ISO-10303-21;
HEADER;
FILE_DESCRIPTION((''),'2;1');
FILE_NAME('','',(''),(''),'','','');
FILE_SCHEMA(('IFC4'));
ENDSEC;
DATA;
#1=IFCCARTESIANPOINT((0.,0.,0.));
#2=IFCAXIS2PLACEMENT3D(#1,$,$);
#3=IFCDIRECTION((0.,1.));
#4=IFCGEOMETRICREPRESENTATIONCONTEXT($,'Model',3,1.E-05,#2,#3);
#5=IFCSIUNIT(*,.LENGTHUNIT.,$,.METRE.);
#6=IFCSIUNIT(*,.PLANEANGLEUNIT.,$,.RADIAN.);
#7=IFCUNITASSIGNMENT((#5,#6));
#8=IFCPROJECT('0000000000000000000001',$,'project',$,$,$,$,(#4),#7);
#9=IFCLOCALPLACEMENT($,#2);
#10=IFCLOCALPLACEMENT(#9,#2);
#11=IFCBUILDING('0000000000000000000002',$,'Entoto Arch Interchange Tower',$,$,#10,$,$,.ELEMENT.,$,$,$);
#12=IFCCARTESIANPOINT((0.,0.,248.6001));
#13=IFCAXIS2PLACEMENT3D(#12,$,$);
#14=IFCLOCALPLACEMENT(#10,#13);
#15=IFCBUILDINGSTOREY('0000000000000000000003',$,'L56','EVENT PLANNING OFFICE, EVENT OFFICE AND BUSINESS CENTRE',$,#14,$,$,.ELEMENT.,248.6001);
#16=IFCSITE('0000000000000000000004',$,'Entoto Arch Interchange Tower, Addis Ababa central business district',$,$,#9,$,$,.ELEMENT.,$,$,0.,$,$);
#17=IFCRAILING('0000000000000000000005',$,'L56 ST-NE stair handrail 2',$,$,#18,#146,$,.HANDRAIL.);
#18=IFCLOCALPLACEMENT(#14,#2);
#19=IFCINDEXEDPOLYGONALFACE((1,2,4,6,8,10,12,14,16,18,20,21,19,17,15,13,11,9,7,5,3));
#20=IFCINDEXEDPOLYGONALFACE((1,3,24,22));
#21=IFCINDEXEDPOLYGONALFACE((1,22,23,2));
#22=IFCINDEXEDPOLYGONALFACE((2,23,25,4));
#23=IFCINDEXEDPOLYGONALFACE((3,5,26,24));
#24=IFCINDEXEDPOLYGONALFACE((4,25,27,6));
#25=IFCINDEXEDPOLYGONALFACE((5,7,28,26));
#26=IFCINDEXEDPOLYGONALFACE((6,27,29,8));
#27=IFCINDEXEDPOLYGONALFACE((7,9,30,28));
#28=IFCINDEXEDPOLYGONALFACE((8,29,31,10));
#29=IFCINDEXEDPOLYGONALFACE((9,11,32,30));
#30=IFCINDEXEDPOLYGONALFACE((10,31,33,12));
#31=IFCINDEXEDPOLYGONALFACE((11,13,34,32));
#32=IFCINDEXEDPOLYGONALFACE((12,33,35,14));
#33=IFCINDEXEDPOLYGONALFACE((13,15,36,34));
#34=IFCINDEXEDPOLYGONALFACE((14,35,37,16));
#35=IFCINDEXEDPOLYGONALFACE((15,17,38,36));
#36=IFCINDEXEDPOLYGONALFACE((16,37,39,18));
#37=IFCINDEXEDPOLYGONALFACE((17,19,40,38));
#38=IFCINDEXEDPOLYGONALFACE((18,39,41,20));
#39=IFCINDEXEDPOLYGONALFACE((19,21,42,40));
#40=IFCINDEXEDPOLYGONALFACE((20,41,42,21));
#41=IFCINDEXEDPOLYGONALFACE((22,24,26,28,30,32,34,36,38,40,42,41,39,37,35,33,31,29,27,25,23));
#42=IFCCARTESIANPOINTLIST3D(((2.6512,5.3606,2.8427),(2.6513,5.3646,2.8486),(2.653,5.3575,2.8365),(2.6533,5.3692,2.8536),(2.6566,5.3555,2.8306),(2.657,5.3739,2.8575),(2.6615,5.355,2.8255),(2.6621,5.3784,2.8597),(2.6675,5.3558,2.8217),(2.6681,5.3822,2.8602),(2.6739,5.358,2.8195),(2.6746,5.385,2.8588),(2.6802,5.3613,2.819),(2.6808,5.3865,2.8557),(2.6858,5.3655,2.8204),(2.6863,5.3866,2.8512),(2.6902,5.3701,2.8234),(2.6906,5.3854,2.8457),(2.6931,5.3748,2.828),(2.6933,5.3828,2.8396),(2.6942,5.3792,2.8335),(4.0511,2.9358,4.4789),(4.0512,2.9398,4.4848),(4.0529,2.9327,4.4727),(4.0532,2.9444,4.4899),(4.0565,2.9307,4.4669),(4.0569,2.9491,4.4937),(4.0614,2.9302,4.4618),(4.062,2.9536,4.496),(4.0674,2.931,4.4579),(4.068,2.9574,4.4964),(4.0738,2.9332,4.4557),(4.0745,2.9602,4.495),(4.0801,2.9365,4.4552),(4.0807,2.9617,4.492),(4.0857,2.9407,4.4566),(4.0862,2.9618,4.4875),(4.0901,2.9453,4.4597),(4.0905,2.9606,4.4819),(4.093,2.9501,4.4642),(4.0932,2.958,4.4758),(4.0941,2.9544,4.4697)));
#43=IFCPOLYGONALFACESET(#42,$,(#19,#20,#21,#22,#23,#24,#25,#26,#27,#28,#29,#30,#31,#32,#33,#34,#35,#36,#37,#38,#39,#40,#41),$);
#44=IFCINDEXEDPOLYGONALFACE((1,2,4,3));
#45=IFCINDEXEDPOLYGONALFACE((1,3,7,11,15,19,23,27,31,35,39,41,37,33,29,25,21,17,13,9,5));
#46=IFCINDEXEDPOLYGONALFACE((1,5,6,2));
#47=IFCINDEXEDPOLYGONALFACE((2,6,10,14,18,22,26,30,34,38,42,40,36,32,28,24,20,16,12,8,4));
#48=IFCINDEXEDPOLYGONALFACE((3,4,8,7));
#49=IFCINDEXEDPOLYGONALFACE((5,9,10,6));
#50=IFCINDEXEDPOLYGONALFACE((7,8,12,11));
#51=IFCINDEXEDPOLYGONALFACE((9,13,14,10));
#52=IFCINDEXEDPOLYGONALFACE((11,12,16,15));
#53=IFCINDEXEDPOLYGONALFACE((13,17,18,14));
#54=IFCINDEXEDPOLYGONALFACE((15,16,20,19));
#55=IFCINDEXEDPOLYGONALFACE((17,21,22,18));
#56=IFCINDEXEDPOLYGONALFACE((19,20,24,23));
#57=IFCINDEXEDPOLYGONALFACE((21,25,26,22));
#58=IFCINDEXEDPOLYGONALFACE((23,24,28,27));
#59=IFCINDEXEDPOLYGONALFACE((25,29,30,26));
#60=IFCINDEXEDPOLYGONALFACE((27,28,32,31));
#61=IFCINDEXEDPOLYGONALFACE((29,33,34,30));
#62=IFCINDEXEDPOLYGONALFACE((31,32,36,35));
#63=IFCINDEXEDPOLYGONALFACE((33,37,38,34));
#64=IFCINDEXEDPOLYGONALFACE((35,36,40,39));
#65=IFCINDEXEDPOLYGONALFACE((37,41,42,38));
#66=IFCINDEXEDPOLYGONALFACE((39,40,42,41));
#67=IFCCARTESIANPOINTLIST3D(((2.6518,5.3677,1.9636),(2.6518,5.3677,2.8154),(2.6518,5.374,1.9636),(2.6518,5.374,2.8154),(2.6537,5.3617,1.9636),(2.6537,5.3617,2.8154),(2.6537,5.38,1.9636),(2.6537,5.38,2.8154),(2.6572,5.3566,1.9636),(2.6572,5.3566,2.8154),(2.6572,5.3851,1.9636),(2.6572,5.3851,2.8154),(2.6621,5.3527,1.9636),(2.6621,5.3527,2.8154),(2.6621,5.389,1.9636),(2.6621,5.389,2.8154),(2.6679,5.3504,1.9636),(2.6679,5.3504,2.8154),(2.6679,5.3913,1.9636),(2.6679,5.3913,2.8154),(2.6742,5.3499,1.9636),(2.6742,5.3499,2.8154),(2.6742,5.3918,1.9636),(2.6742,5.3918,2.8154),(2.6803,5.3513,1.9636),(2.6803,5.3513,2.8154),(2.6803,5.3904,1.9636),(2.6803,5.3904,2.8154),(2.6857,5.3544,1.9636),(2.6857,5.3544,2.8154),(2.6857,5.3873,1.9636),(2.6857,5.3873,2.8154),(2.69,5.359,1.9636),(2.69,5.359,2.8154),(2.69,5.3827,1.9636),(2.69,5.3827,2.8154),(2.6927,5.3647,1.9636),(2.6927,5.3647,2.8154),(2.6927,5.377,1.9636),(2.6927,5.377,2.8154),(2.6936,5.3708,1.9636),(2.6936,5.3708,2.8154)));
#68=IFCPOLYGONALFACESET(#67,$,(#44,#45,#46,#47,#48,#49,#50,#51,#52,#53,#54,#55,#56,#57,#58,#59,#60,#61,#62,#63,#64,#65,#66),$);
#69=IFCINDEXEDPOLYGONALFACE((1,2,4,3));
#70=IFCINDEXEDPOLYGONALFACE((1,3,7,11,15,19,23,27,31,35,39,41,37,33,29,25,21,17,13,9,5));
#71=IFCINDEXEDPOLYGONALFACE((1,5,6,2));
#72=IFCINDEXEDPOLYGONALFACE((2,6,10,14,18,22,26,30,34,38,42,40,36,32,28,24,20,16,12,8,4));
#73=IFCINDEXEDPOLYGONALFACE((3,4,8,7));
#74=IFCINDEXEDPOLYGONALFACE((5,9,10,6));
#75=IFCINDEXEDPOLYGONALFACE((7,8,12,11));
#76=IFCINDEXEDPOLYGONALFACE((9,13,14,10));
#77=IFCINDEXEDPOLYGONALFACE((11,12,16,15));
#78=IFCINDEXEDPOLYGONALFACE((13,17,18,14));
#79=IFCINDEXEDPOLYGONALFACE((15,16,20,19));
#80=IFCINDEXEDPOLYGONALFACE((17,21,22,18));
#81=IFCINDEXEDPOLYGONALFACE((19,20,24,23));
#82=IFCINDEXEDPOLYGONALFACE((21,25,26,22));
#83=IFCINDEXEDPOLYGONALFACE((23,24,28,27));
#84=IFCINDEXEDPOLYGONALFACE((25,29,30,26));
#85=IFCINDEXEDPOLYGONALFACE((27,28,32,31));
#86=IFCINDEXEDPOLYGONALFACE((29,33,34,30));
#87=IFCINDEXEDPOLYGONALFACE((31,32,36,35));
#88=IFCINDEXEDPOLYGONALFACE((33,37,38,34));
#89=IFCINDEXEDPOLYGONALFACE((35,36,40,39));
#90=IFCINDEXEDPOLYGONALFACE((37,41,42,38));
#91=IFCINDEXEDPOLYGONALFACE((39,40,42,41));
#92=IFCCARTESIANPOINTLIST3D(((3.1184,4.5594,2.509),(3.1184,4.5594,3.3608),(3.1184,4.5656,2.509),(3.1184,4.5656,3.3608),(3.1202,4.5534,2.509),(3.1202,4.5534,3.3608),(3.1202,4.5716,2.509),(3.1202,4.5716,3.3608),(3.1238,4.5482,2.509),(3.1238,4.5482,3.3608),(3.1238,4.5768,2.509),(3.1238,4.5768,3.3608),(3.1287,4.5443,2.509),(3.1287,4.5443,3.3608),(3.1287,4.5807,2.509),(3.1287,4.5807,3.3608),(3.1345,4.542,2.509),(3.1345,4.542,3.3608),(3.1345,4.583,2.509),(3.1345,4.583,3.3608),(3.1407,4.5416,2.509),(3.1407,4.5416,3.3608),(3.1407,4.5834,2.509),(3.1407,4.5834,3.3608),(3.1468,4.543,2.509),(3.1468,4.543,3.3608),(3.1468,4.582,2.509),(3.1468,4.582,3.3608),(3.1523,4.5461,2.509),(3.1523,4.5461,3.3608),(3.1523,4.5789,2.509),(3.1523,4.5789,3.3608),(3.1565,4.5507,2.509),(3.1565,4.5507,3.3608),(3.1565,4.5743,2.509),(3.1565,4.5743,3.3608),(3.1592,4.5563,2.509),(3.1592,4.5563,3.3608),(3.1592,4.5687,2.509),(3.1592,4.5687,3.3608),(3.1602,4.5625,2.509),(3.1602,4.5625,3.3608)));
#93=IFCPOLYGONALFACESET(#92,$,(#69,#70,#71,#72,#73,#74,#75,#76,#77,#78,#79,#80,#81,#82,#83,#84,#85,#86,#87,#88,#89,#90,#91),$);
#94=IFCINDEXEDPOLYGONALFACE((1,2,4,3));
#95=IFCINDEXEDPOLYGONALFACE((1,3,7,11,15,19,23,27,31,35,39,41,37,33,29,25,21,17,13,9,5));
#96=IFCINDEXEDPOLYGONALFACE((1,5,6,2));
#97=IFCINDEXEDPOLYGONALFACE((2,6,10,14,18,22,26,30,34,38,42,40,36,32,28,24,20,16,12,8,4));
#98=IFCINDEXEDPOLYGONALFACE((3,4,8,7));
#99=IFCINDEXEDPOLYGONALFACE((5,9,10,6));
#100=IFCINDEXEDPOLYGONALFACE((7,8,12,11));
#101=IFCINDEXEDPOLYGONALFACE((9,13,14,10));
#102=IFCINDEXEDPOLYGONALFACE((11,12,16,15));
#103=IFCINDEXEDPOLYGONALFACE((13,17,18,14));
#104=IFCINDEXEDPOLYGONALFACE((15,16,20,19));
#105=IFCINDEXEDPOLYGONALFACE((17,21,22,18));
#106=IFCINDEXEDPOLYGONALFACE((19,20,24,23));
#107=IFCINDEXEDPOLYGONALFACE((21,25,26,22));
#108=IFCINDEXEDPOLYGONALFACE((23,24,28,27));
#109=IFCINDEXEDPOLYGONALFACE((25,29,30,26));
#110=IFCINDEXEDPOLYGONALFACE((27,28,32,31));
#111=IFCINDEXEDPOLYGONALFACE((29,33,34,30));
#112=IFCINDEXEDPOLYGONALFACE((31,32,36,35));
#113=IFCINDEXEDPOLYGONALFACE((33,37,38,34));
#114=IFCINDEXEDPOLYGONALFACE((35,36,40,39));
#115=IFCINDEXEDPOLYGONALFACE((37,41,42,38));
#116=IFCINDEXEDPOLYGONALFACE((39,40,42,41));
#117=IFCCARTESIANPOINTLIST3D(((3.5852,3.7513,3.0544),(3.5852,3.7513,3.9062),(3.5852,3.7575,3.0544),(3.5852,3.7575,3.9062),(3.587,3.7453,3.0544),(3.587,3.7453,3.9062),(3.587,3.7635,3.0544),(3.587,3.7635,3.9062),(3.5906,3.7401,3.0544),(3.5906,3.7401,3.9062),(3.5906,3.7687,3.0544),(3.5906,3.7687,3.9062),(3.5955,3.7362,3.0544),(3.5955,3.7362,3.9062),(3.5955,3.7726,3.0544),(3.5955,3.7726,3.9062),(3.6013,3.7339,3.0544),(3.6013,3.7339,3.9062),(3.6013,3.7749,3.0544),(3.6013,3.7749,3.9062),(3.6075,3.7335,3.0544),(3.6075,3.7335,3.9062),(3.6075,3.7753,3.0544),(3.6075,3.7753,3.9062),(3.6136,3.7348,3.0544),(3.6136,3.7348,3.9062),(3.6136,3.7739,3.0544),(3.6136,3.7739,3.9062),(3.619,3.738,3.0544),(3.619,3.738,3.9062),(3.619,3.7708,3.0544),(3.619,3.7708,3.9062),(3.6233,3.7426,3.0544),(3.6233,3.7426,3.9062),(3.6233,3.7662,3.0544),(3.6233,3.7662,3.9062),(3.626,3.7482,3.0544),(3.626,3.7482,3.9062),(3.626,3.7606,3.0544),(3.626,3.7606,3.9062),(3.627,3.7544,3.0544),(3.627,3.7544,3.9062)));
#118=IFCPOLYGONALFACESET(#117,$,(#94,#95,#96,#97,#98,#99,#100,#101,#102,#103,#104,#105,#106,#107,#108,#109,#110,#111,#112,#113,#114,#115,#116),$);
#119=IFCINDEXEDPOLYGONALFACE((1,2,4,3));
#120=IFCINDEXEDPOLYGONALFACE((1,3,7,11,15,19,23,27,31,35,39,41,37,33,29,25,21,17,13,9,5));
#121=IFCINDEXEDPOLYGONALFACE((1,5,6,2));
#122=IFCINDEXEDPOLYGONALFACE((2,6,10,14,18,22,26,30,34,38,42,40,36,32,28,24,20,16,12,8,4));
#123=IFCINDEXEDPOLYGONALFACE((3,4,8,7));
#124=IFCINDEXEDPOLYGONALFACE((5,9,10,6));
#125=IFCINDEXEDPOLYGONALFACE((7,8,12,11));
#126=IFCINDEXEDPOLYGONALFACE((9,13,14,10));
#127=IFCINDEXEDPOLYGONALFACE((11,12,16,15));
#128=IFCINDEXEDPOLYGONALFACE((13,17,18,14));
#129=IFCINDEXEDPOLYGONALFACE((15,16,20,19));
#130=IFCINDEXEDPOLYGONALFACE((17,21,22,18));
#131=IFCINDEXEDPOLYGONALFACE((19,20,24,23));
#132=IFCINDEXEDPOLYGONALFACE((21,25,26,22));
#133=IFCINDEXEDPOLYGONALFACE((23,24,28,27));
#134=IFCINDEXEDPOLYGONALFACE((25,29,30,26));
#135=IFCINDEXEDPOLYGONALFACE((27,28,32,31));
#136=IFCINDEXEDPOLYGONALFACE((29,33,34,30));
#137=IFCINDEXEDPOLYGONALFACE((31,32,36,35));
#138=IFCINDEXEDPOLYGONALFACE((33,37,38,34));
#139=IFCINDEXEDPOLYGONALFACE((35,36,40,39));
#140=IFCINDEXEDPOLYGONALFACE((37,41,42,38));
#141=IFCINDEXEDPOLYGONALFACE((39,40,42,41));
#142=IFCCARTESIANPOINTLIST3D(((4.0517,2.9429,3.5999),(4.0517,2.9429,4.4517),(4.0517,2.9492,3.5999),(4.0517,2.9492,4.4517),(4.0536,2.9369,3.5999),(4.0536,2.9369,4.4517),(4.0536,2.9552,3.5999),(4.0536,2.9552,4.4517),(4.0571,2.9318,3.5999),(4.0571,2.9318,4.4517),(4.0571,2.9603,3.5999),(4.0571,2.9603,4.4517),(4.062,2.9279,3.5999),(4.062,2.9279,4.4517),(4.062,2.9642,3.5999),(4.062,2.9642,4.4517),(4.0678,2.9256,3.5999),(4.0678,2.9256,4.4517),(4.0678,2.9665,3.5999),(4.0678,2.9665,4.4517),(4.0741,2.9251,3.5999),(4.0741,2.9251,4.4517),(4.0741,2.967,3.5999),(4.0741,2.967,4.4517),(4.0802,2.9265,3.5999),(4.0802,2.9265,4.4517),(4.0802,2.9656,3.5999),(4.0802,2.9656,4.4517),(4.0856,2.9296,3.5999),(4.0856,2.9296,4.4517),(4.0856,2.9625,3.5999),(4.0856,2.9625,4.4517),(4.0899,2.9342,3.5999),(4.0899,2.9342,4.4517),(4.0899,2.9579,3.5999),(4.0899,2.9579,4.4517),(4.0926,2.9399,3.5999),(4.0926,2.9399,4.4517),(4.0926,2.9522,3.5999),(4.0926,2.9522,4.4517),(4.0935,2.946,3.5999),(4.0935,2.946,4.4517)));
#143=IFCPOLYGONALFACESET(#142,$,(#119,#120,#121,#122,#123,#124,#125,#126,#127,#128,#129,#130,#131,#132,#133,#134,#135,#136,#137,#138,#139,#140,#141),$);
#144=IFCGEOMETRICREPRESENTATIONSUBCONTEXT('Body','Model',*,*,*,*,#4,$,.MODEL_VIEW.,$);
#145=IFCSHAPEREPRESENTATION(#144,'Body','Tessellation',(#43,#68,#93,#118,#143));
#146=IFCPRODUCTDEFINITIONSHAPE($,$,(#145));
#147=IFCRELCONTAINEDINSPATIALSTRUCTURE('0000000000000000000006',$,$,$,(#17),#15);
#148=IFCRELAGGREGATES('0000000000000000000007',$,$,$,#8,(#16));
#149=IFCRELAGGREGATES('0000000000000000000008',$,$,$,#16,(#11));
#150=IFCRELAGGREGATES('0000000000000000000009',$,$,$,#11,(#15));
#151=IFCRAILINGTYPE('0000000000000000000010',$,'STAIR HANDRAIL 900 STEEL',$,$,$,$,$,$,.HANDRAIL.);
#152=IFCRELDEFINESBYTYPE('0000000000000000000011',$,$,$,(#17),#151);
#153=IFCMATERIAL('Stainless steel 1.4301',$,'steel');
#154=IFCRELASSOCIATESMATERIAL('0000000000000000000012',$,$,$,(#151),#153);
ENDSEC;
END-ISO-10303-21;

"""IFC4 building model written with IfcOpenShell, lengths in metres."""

from ifc_helpers import new_model, si_unit, direction, frame, origin, origin_2d, place, context, subcontext, project, spatial, circle, extrude, material, type_object, element, save


model = new_model("IFC4")

# Units and contexts
model_context = context("Model", 3, precision=1e-05, world=origin(), true_north=direction((0.0, 1.0)))
body_context = subcontext(model_context, "Body", "Model", "MODEL_VIEW")
ifc_project = project(units=[si_unit("LENGTHUNIT", "METRE"), si_unit("PLANEANGLEUNIT", "RADIAN")], contexts=[model_context])

# Site, building, storey
site_placement = place(None, origin())
site = spatial("IfcSite", under=ifc_project, at=site_placement, Name="Entoto Arch Interchange Tower, Addis Ababa central business district", CompositionType="ELEMENT", RefElevation=0.0)
building_placement = place(site_placement, origin())
building = spatial("IfcBuilding", under=site, at=building_placement, Name="Entoto Arch Interchange Tower", CompositionType="ELEMENT")
storey_placement = place(building_placement, frame((0.0, 0.0, 248.6001)))
storey = spatial("IfcBuildingStorey", under=building, at=storey_placement, Name="L56", Description="EVENT PLANNING OFFICE, EVENT OFFICE AND BUSINESS CENTRE", CompositionType="ELEMENT", Elevation=248.6001)

# Railing
ifc_material_1 = material(Name="Stainless steel 1.4301", Category="steel")
railing_type_1 = type_object("IfcRailingType", Name="STAIR HANDRAIL 900 STEEL", PredefinedType="HANDRAIL", material=ifc_material_1)
railing_1_placement = place(storey_placement, frame((2.6726, 5.3708, 1.9636)))
element("IfcRailing", 1, at=railing_1_placement, inside=storey, type_object=railing_type_1, Name="L56 ST-NE stair handrail 2", PredefinedType="HANDRAIL", context=body_context, shape_type="SweptSolid", body=[
    extrude(circle(Radius=0.0239, at=origin_2d()), frame((0.0, 0.0, 0.876), z_axis=(0.431677, -0.747718, 0.504552), x_axis=(0.866035, 0.499984, 0.0)), (0.0, 0.0, 1.0), 3.2429),
    extrude(circle(Radius=0.021, at=origin_2d()), origin(), (0.0, 0.0, 1.0), 0.8518),
    extrude(circle(Radius=0.021, at=origin_2d()), frame((0.4666, -0.8083, 0.5454)), (0.0, 0.0, 1.0), 0.8518),
    extrude(circle(Radius=0.021, at=origin_2d()), frame((0.9333, -1.6165, 1.0908)), (0.0, 0.0, 1.0), 0.8518),
    extrude(circle(Radius=0.021, at=origin_2d()), frame((1.3999, -2.4248, 1.6362)), (0.0, 0.0, 1.0), 0.8518),
])

save(model, "model.ifc")
